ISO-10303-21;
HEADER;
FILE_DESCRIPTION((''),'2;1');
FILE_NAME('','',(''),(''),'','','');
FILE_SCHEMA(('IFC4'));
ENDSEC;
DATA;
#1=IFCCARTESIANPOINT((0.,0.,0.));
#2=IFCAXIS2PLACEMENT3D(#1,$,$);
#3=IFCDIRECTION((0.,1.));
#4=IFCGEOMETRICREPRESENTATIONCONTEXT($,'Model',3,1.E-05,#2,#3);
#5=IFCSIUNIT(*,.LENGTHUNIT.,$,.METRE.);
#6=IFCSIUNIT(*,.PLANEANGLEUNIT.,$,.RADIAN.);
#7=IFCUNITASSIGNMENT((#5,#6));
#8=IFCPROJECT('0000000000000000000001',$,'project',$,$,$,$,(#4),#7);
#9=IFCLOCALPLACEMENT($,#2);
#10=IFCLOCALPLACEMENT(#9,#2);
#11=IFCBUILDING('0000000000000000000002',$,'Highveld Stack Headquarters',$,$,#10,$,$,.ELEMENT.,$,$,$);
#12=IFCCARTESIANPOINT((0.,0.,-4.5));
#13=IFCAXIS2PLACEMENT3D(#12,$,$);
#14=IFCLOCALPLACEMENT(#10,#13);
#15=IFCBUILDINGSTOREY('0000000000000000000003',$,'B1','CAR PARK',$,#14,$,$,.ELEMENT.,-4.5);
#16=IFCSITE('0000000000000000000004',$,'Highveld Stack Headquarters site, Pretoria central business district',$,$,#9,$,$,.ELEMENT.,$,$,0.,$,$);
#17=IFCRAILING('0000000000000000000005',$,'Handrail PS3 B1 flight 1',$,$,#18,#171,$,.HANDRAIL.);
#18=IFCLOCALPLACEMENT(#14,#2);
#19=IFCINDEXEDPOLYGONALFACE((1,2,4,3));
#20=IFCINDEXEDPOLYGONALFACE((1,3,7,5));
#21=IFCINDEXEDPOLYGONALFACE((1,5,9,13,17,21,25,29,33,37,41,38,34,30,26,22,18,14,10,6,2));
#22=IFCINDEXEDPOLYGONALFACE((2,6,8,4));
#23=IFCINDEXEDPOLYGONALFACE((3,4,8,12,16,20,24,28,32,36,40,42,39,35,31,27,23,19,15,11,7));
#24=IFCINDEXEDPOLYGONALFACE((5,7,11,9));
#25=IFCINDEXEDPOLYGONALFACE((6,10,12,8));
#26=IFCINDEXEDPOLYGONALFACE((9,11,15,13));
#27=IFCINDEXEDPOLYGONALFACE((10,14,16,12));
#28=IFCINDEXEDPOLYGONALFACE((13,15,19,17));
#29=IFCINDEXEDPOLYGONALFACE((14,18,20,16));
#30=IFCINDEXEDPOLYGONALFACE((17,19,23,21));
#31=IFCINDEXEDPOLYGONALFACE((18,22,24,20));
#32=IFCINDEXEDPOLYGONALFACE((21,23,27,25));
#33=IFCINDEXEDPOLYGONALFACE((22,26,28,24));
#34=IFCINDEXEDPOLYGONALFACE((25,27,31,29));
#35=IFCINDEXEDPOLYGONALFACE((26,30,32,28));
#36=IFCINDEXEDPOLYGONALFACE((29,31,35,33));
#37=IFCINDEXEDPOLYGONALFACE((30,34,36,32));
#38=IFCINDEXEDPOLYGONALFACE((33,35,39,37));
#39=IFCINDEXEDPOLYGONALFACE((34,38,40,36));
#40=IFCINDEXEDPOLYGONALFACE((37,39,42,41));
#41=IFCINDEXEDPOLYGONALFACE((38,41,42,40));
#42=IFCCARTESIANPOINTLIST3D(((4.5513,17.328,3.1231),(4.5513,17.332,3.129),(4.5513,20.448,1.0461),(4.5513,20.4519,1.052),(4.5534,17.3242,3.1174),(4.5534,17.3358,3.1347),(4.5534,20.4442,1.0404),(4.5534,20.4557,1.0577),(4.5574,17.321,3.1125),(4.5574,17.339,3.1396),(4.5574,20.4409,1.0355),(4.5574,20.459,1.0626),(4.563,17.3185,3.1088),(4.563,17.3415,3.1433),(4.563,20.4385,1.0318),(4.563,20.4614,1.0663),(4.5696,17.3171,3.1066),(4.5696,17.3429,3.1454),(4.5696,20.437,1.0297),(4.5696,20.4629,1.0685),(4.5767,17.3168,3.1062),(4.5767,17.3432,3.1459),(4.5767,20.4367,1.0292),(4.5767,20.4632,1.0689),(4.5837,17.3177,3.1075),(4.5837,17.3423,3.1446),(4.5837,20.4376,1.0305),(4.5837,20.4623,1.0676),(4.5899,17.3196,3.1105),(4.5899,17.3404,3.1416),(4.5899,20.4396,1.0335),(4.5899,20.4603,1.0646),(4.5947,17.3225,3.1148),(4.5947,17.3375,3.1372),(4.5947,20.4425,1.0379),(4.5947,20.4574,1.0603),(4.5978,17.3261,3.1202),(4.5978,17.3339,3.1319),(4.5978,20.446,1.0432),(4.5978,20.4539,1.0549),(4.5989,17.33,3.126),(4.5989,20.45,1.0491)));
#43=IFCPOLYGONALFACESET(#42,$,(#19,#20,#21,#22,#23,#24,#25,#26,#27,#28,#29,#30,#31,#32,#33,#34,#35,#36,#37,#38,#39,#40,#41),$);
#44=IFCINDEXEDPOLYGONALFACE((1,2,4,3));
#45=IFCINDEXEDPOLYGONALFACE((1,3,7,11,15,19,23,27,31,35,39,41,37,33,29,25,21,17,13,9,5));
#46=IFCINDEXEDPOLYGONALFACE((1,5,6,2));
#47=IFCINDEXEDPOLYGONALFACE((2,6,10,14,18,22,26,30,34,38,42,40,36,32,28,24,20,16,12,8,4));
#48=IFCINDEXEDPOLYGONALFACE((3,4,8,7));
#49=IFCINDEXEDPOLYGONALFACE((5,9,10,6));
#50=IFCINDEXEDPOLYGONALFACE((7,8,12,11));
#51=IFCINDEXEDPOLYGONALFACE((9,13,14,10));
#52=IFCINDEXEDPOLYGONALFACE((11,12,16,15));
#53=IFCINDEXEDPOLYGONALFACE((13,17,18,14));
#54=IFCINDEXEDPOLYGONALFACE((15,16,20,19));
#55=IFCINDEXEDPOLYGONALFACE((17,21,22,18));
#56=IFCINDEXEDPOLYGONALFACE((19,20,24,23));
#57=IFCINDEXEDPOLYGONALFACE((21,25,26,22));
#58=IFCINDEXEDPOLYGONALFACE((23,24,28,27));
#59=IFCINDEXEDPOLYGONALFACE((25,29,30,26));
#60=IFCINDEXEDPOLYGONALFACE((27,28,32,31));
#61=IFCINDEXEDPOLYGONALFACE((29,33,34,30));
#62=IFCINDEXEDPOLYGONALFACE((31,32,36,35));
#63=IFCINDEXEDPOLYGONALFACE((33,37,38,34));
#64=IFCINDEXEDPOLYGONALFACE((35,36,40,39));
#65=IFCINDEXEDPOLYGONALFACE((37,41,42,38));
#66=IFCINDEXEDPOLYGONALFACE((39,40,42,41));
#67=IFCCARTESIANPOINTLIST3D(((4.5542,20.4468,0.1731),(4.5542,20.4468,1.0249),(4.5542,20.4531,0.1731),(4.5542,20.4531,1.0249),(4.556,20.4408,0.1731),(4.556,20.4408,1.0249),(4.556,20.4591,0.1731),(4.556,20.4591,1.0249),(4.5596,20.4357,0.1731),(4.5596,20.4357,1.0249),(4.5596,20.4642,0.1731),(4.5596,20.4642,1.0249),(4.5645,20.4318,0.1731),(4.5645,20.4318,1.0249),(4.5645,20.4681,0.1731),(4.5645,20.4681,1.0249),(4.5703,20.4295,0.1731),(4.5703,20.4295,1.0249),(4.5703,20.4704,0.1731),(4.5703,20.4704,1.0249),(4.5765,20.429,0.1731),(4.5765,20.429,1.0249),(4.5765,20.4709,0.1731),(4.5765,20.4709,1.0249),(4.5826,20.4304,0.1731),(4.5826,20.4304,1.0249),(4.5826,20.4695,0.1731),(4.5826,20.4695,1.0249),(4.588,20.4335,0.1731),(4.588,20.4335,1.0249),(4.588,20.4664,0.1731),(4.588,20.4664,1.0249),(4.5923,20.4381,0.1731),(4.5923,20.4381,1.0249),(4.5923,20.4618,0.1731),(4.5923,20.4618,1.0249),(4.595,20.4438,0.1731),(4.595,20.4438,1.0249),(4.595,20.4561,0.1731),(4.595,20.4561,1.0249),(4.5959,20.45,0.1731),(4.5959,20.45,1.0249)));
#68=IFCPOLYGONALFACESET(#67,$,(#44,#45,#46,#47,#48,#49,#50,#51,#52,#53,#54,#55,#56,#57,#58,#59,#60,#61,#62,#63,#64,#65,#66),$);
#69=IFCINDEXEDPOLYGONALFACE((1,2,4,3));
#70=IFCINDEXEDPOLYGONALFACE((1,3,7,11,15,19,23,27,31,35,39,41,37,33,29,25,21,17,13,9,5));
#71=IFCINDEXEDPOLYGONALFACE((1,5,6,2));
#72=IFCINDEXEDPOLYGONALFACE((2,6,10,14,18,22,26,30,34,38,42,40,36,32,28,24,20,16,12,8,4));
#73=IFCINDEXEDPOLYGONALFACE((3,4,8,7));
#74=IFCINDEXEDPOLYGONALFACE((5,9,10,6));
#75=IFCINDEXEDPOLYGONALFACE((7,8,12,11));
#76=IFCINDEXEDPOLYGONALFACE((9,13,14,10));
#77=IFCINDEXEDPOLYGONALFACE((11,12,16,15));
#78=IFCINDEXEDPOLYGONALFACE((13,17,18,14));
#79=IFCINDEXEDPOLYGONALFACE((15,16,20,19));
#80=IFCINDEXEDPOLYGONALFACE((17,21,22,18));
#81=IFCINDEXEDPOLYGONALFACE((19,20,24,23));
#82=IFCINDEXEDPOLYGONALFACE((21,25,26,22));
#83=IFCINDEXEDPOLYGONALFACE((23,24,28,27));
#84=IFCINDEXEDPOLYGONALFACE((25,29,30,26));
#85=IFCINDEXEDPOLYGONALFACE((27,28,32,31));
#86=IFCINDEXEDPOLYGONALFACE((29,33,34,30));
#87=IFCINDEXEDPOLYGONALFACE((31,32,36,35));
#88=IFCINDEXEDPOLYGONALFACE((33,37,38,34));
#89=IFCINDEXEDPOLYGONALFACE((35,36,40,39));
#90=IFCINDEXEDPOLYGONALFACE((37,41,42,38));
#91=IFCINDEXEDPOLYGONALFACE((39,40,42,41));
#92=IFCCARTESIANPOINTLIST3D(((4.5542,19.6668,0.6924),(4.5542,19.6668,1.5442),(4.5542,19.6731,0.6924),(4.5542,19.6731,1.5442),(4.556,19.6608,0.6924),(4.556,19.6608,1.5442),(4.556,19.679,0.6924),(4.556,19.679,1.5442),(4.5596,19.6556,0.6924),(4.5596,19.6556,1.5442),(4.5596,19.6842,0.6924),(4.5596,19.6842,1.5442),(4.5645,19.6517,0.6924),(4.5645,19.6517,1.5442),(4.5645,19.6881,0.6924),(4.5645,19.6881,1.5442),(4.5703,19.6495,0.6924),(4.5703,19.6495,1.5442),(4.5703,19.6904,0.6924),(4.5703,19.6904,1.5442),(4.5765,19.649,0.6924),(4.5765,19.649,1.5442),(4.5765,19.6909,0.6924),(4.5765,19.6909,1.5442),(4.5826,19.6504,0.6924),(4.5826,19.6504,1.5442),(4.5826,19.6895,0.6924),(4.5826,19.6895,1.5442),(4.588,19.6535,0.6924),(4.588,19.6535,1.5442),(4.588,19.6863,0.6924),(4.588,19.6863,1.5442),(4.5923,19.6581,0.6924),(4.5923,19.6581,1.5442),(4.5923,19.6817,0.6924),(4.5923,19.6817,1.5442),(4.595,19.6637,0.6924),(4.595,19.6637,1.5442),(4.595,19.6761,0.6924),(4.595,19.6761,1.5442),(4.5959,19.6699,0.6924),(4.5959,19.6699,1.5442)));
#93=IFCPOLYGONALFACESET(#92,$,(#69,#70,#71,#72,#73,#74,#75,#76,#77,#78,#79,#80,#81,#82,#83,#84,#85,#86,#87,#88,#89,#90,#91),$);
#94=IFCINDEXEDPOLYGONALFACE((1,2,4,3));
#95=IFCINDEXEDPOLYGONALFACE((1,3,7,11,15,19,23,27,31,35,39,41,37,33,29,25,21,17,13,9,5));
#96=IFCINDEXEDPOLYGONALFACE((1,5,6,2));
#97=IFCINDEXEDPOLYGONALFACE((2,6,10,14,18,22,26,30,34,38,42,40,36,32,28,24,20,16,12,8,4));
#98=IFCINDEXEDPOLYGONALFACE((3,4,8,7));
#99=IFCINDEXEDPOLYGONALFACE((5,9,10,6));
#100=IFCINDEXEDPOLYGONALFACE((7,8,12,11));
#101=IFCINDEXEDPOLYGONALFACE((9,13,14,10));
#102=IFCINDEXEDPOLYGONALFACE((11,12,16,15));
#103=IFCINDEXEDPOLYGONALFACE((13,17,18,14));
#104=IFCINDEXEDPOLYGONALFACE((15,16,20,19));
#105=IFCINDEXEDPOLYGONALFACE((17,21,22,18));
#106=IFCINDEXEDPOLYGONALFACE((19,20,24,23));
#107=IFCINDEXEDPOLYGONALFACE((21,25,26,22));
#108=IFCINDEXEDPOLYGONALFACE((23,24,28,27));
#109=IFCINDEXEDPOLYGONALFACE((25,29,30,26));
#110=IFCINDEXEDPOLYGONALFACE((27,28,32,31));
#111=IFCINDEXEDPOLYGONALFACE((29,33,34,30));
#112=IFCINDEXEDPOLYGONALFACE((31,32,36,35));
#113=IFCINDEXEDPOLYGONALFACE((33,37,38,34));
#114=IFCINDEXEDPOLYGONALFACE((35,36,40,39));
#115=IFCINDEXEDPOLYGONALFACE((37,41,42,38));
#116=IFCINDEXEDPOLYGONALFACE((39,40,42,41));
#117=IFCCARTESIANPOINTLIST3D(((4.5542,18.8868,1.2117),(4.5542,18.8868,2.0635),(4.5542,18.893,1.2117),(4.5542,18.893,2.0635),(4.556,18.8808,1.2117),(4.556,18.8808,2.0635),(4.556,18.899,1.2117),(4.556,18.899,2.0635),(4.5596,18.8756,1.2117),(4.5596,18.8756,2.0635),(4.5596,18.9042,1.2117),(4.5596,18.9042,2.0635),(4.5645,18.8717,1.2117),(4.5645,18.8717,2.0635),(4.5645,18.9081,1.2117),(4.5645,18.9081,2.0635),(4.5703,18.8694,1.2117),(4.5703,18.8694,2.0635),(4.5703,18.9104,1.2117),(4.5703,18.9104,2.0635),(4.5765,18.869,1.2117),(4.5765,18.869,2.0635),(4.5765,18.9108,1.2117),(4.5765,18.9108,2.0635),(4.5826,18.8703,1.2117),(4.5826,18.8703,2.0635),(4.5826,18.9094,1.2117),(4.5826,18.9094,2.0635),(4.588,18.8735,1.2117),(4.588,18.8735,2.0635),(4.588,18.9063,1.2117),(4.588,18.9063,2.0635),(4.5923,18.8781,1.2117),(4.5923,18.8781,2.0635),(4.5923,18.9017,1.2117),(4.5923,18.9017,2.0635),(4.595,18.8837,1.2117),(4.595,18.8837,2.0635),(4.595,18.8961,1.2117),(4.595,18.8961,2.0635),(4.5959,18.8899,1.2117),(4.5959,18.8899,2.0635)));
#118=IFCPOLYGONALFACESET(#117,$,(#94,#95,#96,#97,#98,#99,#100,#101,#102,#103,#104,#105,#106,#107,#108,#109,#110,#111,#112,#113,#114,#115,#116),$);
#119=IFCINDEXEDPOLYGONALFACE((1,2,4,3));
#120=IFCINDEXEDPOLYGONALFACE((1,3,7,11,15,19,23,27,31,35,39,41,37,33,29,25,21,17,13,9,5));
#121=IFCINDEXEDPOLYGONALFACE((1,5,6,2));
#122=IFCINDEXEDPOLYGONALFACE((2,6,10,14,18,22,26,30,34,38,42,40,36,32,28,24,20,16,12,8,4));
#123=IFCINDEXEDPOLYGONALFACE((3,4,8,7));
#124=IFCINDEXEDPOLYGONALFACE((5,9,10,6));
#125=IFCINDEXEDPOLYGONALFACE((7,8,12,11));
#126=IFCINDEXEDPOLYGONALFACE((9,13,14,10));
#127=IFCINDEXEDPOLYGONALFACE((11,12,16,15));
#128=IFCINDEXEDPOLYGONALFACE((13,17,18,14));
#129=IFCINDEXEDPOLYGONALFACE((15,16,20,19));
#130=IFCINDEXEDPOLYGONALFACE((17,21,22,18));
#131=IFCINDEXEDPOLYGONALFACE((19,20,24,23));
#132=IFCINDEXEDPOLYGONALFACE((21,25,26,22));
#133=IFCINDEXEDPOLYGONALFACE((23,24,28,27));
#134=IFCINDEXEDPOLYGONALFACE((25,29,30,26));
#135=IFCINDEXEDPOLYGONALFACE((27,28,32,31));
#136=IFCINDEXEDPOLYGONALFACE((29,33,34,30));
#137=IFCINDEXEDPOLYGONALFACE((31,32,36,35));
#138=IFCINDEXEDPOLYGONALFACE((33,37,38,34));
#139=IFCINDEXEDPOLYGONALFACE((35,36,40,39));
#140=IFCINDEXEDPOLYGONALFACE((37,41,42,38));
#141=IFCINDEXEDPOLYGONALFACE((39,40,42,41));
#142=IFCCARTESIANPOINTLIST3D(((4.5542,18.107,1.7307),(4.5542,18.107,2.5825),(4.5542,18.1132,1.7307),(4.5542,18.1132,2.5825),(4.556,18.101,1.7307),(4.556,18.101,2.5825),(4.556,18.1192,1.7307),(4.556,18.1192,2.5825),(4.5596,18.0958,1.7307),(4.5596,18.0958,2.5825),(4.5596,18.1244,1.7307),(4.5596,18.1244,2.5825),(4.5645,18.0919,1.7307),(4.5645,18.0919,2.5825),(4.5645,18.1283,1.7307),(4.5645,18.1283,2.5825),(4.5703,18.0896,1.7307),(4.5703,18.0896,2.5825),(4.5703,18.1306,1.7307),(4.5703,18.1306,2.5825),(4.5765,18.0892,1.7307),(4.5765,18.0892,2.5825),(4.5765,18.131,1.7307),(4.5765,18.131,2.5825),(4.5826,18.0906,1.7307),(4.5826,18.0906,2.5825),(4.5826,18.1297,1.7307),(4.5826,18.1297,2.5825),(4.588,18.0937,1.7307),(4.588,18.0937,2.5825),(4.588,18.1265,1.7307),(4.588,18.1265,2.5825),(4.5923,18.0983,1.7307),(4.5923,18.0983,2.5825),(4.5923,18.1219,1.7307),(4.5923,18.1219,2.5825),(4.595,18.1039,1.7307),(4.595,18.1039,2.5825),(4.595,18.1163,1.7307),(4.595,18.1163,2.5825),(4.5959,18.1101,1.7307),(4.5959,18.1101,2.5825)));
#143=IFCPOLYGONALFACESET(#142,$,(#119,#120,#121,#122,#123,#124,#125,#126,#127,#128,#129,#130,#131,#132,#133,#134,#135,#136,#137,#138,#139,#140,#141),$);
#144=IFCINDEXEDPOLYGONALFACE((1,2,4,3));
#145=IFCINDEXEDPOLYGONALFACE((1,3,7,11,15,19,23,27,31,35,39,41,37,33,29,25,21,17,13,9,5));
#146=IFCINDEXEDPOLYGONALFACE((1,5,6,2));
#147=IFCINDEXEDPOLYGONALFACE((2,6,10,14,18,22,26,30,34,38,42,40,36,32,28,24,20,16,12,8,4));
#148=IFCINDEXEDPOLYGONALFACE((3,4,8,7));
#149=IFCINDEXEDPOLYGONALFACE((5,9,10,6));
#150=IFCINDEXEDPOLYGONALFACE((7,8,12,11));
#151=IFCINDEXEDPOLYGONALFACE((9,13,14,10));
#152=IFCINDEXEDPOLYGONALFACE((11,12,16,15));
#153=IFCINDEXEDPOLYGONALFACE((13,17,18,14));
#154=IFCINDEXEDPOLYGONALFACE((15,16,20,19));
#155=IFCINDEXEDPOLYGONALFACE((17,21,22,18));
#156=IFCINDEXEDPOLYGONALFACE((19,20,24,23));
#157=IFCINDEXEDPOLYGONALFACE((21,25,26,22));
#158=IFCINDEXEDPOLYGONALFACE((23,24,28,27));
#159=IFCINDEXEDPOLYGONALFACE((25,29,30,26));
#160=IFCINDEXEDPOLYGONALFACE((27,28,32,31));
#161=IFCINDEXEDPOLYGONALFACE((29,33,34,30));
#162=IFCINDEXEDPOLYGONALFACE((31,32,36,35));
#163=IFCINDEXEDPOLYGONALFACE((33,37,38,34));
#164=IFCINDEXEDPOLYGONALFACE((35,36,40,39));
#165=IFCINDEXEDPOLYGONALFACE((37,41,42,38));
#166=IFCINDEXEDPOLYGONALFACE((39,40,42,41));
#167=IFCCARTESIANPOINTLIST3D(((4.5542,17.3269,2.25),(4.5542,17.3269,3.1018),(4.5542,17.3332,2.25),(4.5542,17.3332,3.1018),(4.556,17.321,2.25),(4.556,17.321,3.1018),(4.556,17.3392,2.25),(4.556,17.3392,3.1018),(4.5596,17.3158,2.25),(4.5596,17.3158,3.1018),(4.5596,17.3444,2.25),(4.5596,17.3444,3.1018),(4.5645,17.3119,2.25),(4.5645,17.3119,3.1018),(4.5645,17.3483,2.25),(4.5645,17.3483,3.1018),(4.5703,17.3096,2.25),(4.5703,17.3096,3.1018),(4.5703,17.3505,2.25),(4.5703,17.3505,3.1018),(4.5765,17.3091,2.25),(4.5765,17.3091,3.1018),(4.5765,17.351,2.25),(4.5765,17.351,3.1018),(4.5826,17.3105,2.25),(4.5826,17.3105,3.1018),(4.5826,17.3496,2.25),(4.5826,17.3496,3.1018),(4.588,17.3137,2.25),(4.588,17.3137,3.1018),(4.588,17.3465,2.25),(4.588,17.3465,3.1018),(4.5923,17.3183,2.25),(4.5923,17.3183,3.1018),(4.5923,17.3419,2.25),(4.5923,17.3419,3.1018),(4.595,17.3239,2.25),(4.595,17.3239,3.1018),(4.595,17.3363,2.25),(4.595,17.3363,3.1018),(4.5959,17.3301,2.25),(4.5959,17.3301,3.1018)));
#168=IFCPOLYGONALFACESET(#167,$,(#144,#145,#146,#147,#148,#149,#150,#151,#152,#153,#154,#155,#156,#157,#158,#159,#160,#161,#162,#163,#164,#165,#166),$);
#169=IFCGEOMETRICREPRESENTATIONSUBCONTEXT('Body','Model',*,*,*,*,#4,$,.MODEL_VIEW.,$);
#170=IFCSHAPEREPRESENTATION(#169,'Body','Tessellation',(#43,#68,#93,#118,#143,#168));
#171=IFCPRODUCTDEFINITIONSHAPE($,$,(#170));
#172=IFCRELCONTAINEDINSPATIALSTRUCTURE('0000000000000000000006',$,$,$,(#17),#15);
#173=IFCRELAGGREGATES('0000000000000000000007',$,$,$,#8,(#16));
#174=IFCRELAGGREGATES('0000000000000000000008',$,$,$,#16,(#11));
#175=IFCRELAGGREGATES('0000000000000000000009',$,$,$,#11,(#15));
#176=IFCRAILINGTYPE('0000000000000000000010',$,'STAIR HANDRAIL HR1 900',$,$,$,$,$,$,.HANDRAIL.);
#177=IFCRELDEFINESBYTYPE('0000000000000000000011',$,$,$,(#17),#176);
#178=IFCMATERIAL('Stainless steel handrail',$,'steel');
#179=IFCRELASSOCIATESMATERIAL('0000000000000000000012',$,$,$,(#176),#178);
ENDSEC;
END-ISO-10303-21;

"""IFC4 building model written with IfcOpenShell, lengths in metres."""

from ifc_helpers import new_model, si_unit, direction, frame, origin, origin_2d, place, context, subcontext, project, spatial, circle, extrude, material, type_object, element, save


model = new_model("IFC4")

# Units and contexts
model_context = context("Model", 3, precision=1e-05, world=origin(), true_north=direction((0.0, 1.0)))
body_context = subcontext(model_context, "Body", "Model", "MODEL_VIEW")
ifc_project = project(units=[si_unit("LENGTHUNIT", "METRE"), si_unit("PLANEANGLEUNIT", "RADIAN")], contexts=[model_context])

# Site, building, storey
site_placement = place(None, origin())
site = spatial("IfcSite", under=ifc_project, at=site_placement, Name="Highveld Stack Headquarters site, Pretoria central business district", CompositionType="ELEMENT", RefElevation=0.0)
building_placement = place(site_placement, origin())
building = spatial("IfcBuilding", under=site, at=building_placement, Name="Highveld Stack Headquarters", CompositionType="ELEMENT")
storey_placement = place(building_placement, frame((0.0, 0.0, -4.5)))
storey = spatial("IfcBuildingStorey", under=building, at=storey_placement, Name="B1", Description="CAR PARK", CompositionType="ELEMENT", Elevation=-4.5)

# Railing
ifc_material_1 = material(Name="Stainless steel handrail", Category="steel")
railing_type = type_object("IfcRailingType", Name="STAIR HANDRAIL HR1 900", PredefinedType="HANDRAIL", material=ifc_material_1)
for number, where, name in (
    (1, (4.575, 20.45, 0.1731), "Handrail PS3 B1 flight 1"),
):
    element("IfcRailing", number, at=place(storey_placement, frame(where)), inside=storey, type_object=railing_type, Name=name, PredefinedType="HANDRAIL", context=body_context, shape_type="SweptSolid", body=[
        extrude(circle(Radius=0.0239, at=origin_2d()), frame((0.0, 0.0, 0.876), z_axis=(0.0, -0.832421, 0.554144), x_axis=(1.0, 0.0, 0.0)), (0.0, 0.0, 1.0), 3.748),
        extrude(circle(Radius=0.021, at=origin_2d()), origin(), (0.0, 0.0, 1.0), 0.8518),
        extrude(circle(Radius=0.021, at=origin_2d()), frame((0.0, -0.78, 0.5193)), (0.0, 0.0, 1.0), 0.8518),
        extrude(circle(Radius=0.021, at=origin_2d()), frame((0.0, -1.5601, 1.0386)), (0.0, 0.0, 1.0), 0.8518),
        extrude(circle(Radius=0.021, at=origin_2d()), frame((0.0, -2.3398, 1.5576)), (0.0, 0.0, 1.0), 0.8518),
        extrude(circle(Radius=0.021, at=origin_2d()), frame((0.0, -3.1199, 2.0769)), (0.0, 0.0, 1.0), 0.8518),
    ])

save(model, "model.ifc")
